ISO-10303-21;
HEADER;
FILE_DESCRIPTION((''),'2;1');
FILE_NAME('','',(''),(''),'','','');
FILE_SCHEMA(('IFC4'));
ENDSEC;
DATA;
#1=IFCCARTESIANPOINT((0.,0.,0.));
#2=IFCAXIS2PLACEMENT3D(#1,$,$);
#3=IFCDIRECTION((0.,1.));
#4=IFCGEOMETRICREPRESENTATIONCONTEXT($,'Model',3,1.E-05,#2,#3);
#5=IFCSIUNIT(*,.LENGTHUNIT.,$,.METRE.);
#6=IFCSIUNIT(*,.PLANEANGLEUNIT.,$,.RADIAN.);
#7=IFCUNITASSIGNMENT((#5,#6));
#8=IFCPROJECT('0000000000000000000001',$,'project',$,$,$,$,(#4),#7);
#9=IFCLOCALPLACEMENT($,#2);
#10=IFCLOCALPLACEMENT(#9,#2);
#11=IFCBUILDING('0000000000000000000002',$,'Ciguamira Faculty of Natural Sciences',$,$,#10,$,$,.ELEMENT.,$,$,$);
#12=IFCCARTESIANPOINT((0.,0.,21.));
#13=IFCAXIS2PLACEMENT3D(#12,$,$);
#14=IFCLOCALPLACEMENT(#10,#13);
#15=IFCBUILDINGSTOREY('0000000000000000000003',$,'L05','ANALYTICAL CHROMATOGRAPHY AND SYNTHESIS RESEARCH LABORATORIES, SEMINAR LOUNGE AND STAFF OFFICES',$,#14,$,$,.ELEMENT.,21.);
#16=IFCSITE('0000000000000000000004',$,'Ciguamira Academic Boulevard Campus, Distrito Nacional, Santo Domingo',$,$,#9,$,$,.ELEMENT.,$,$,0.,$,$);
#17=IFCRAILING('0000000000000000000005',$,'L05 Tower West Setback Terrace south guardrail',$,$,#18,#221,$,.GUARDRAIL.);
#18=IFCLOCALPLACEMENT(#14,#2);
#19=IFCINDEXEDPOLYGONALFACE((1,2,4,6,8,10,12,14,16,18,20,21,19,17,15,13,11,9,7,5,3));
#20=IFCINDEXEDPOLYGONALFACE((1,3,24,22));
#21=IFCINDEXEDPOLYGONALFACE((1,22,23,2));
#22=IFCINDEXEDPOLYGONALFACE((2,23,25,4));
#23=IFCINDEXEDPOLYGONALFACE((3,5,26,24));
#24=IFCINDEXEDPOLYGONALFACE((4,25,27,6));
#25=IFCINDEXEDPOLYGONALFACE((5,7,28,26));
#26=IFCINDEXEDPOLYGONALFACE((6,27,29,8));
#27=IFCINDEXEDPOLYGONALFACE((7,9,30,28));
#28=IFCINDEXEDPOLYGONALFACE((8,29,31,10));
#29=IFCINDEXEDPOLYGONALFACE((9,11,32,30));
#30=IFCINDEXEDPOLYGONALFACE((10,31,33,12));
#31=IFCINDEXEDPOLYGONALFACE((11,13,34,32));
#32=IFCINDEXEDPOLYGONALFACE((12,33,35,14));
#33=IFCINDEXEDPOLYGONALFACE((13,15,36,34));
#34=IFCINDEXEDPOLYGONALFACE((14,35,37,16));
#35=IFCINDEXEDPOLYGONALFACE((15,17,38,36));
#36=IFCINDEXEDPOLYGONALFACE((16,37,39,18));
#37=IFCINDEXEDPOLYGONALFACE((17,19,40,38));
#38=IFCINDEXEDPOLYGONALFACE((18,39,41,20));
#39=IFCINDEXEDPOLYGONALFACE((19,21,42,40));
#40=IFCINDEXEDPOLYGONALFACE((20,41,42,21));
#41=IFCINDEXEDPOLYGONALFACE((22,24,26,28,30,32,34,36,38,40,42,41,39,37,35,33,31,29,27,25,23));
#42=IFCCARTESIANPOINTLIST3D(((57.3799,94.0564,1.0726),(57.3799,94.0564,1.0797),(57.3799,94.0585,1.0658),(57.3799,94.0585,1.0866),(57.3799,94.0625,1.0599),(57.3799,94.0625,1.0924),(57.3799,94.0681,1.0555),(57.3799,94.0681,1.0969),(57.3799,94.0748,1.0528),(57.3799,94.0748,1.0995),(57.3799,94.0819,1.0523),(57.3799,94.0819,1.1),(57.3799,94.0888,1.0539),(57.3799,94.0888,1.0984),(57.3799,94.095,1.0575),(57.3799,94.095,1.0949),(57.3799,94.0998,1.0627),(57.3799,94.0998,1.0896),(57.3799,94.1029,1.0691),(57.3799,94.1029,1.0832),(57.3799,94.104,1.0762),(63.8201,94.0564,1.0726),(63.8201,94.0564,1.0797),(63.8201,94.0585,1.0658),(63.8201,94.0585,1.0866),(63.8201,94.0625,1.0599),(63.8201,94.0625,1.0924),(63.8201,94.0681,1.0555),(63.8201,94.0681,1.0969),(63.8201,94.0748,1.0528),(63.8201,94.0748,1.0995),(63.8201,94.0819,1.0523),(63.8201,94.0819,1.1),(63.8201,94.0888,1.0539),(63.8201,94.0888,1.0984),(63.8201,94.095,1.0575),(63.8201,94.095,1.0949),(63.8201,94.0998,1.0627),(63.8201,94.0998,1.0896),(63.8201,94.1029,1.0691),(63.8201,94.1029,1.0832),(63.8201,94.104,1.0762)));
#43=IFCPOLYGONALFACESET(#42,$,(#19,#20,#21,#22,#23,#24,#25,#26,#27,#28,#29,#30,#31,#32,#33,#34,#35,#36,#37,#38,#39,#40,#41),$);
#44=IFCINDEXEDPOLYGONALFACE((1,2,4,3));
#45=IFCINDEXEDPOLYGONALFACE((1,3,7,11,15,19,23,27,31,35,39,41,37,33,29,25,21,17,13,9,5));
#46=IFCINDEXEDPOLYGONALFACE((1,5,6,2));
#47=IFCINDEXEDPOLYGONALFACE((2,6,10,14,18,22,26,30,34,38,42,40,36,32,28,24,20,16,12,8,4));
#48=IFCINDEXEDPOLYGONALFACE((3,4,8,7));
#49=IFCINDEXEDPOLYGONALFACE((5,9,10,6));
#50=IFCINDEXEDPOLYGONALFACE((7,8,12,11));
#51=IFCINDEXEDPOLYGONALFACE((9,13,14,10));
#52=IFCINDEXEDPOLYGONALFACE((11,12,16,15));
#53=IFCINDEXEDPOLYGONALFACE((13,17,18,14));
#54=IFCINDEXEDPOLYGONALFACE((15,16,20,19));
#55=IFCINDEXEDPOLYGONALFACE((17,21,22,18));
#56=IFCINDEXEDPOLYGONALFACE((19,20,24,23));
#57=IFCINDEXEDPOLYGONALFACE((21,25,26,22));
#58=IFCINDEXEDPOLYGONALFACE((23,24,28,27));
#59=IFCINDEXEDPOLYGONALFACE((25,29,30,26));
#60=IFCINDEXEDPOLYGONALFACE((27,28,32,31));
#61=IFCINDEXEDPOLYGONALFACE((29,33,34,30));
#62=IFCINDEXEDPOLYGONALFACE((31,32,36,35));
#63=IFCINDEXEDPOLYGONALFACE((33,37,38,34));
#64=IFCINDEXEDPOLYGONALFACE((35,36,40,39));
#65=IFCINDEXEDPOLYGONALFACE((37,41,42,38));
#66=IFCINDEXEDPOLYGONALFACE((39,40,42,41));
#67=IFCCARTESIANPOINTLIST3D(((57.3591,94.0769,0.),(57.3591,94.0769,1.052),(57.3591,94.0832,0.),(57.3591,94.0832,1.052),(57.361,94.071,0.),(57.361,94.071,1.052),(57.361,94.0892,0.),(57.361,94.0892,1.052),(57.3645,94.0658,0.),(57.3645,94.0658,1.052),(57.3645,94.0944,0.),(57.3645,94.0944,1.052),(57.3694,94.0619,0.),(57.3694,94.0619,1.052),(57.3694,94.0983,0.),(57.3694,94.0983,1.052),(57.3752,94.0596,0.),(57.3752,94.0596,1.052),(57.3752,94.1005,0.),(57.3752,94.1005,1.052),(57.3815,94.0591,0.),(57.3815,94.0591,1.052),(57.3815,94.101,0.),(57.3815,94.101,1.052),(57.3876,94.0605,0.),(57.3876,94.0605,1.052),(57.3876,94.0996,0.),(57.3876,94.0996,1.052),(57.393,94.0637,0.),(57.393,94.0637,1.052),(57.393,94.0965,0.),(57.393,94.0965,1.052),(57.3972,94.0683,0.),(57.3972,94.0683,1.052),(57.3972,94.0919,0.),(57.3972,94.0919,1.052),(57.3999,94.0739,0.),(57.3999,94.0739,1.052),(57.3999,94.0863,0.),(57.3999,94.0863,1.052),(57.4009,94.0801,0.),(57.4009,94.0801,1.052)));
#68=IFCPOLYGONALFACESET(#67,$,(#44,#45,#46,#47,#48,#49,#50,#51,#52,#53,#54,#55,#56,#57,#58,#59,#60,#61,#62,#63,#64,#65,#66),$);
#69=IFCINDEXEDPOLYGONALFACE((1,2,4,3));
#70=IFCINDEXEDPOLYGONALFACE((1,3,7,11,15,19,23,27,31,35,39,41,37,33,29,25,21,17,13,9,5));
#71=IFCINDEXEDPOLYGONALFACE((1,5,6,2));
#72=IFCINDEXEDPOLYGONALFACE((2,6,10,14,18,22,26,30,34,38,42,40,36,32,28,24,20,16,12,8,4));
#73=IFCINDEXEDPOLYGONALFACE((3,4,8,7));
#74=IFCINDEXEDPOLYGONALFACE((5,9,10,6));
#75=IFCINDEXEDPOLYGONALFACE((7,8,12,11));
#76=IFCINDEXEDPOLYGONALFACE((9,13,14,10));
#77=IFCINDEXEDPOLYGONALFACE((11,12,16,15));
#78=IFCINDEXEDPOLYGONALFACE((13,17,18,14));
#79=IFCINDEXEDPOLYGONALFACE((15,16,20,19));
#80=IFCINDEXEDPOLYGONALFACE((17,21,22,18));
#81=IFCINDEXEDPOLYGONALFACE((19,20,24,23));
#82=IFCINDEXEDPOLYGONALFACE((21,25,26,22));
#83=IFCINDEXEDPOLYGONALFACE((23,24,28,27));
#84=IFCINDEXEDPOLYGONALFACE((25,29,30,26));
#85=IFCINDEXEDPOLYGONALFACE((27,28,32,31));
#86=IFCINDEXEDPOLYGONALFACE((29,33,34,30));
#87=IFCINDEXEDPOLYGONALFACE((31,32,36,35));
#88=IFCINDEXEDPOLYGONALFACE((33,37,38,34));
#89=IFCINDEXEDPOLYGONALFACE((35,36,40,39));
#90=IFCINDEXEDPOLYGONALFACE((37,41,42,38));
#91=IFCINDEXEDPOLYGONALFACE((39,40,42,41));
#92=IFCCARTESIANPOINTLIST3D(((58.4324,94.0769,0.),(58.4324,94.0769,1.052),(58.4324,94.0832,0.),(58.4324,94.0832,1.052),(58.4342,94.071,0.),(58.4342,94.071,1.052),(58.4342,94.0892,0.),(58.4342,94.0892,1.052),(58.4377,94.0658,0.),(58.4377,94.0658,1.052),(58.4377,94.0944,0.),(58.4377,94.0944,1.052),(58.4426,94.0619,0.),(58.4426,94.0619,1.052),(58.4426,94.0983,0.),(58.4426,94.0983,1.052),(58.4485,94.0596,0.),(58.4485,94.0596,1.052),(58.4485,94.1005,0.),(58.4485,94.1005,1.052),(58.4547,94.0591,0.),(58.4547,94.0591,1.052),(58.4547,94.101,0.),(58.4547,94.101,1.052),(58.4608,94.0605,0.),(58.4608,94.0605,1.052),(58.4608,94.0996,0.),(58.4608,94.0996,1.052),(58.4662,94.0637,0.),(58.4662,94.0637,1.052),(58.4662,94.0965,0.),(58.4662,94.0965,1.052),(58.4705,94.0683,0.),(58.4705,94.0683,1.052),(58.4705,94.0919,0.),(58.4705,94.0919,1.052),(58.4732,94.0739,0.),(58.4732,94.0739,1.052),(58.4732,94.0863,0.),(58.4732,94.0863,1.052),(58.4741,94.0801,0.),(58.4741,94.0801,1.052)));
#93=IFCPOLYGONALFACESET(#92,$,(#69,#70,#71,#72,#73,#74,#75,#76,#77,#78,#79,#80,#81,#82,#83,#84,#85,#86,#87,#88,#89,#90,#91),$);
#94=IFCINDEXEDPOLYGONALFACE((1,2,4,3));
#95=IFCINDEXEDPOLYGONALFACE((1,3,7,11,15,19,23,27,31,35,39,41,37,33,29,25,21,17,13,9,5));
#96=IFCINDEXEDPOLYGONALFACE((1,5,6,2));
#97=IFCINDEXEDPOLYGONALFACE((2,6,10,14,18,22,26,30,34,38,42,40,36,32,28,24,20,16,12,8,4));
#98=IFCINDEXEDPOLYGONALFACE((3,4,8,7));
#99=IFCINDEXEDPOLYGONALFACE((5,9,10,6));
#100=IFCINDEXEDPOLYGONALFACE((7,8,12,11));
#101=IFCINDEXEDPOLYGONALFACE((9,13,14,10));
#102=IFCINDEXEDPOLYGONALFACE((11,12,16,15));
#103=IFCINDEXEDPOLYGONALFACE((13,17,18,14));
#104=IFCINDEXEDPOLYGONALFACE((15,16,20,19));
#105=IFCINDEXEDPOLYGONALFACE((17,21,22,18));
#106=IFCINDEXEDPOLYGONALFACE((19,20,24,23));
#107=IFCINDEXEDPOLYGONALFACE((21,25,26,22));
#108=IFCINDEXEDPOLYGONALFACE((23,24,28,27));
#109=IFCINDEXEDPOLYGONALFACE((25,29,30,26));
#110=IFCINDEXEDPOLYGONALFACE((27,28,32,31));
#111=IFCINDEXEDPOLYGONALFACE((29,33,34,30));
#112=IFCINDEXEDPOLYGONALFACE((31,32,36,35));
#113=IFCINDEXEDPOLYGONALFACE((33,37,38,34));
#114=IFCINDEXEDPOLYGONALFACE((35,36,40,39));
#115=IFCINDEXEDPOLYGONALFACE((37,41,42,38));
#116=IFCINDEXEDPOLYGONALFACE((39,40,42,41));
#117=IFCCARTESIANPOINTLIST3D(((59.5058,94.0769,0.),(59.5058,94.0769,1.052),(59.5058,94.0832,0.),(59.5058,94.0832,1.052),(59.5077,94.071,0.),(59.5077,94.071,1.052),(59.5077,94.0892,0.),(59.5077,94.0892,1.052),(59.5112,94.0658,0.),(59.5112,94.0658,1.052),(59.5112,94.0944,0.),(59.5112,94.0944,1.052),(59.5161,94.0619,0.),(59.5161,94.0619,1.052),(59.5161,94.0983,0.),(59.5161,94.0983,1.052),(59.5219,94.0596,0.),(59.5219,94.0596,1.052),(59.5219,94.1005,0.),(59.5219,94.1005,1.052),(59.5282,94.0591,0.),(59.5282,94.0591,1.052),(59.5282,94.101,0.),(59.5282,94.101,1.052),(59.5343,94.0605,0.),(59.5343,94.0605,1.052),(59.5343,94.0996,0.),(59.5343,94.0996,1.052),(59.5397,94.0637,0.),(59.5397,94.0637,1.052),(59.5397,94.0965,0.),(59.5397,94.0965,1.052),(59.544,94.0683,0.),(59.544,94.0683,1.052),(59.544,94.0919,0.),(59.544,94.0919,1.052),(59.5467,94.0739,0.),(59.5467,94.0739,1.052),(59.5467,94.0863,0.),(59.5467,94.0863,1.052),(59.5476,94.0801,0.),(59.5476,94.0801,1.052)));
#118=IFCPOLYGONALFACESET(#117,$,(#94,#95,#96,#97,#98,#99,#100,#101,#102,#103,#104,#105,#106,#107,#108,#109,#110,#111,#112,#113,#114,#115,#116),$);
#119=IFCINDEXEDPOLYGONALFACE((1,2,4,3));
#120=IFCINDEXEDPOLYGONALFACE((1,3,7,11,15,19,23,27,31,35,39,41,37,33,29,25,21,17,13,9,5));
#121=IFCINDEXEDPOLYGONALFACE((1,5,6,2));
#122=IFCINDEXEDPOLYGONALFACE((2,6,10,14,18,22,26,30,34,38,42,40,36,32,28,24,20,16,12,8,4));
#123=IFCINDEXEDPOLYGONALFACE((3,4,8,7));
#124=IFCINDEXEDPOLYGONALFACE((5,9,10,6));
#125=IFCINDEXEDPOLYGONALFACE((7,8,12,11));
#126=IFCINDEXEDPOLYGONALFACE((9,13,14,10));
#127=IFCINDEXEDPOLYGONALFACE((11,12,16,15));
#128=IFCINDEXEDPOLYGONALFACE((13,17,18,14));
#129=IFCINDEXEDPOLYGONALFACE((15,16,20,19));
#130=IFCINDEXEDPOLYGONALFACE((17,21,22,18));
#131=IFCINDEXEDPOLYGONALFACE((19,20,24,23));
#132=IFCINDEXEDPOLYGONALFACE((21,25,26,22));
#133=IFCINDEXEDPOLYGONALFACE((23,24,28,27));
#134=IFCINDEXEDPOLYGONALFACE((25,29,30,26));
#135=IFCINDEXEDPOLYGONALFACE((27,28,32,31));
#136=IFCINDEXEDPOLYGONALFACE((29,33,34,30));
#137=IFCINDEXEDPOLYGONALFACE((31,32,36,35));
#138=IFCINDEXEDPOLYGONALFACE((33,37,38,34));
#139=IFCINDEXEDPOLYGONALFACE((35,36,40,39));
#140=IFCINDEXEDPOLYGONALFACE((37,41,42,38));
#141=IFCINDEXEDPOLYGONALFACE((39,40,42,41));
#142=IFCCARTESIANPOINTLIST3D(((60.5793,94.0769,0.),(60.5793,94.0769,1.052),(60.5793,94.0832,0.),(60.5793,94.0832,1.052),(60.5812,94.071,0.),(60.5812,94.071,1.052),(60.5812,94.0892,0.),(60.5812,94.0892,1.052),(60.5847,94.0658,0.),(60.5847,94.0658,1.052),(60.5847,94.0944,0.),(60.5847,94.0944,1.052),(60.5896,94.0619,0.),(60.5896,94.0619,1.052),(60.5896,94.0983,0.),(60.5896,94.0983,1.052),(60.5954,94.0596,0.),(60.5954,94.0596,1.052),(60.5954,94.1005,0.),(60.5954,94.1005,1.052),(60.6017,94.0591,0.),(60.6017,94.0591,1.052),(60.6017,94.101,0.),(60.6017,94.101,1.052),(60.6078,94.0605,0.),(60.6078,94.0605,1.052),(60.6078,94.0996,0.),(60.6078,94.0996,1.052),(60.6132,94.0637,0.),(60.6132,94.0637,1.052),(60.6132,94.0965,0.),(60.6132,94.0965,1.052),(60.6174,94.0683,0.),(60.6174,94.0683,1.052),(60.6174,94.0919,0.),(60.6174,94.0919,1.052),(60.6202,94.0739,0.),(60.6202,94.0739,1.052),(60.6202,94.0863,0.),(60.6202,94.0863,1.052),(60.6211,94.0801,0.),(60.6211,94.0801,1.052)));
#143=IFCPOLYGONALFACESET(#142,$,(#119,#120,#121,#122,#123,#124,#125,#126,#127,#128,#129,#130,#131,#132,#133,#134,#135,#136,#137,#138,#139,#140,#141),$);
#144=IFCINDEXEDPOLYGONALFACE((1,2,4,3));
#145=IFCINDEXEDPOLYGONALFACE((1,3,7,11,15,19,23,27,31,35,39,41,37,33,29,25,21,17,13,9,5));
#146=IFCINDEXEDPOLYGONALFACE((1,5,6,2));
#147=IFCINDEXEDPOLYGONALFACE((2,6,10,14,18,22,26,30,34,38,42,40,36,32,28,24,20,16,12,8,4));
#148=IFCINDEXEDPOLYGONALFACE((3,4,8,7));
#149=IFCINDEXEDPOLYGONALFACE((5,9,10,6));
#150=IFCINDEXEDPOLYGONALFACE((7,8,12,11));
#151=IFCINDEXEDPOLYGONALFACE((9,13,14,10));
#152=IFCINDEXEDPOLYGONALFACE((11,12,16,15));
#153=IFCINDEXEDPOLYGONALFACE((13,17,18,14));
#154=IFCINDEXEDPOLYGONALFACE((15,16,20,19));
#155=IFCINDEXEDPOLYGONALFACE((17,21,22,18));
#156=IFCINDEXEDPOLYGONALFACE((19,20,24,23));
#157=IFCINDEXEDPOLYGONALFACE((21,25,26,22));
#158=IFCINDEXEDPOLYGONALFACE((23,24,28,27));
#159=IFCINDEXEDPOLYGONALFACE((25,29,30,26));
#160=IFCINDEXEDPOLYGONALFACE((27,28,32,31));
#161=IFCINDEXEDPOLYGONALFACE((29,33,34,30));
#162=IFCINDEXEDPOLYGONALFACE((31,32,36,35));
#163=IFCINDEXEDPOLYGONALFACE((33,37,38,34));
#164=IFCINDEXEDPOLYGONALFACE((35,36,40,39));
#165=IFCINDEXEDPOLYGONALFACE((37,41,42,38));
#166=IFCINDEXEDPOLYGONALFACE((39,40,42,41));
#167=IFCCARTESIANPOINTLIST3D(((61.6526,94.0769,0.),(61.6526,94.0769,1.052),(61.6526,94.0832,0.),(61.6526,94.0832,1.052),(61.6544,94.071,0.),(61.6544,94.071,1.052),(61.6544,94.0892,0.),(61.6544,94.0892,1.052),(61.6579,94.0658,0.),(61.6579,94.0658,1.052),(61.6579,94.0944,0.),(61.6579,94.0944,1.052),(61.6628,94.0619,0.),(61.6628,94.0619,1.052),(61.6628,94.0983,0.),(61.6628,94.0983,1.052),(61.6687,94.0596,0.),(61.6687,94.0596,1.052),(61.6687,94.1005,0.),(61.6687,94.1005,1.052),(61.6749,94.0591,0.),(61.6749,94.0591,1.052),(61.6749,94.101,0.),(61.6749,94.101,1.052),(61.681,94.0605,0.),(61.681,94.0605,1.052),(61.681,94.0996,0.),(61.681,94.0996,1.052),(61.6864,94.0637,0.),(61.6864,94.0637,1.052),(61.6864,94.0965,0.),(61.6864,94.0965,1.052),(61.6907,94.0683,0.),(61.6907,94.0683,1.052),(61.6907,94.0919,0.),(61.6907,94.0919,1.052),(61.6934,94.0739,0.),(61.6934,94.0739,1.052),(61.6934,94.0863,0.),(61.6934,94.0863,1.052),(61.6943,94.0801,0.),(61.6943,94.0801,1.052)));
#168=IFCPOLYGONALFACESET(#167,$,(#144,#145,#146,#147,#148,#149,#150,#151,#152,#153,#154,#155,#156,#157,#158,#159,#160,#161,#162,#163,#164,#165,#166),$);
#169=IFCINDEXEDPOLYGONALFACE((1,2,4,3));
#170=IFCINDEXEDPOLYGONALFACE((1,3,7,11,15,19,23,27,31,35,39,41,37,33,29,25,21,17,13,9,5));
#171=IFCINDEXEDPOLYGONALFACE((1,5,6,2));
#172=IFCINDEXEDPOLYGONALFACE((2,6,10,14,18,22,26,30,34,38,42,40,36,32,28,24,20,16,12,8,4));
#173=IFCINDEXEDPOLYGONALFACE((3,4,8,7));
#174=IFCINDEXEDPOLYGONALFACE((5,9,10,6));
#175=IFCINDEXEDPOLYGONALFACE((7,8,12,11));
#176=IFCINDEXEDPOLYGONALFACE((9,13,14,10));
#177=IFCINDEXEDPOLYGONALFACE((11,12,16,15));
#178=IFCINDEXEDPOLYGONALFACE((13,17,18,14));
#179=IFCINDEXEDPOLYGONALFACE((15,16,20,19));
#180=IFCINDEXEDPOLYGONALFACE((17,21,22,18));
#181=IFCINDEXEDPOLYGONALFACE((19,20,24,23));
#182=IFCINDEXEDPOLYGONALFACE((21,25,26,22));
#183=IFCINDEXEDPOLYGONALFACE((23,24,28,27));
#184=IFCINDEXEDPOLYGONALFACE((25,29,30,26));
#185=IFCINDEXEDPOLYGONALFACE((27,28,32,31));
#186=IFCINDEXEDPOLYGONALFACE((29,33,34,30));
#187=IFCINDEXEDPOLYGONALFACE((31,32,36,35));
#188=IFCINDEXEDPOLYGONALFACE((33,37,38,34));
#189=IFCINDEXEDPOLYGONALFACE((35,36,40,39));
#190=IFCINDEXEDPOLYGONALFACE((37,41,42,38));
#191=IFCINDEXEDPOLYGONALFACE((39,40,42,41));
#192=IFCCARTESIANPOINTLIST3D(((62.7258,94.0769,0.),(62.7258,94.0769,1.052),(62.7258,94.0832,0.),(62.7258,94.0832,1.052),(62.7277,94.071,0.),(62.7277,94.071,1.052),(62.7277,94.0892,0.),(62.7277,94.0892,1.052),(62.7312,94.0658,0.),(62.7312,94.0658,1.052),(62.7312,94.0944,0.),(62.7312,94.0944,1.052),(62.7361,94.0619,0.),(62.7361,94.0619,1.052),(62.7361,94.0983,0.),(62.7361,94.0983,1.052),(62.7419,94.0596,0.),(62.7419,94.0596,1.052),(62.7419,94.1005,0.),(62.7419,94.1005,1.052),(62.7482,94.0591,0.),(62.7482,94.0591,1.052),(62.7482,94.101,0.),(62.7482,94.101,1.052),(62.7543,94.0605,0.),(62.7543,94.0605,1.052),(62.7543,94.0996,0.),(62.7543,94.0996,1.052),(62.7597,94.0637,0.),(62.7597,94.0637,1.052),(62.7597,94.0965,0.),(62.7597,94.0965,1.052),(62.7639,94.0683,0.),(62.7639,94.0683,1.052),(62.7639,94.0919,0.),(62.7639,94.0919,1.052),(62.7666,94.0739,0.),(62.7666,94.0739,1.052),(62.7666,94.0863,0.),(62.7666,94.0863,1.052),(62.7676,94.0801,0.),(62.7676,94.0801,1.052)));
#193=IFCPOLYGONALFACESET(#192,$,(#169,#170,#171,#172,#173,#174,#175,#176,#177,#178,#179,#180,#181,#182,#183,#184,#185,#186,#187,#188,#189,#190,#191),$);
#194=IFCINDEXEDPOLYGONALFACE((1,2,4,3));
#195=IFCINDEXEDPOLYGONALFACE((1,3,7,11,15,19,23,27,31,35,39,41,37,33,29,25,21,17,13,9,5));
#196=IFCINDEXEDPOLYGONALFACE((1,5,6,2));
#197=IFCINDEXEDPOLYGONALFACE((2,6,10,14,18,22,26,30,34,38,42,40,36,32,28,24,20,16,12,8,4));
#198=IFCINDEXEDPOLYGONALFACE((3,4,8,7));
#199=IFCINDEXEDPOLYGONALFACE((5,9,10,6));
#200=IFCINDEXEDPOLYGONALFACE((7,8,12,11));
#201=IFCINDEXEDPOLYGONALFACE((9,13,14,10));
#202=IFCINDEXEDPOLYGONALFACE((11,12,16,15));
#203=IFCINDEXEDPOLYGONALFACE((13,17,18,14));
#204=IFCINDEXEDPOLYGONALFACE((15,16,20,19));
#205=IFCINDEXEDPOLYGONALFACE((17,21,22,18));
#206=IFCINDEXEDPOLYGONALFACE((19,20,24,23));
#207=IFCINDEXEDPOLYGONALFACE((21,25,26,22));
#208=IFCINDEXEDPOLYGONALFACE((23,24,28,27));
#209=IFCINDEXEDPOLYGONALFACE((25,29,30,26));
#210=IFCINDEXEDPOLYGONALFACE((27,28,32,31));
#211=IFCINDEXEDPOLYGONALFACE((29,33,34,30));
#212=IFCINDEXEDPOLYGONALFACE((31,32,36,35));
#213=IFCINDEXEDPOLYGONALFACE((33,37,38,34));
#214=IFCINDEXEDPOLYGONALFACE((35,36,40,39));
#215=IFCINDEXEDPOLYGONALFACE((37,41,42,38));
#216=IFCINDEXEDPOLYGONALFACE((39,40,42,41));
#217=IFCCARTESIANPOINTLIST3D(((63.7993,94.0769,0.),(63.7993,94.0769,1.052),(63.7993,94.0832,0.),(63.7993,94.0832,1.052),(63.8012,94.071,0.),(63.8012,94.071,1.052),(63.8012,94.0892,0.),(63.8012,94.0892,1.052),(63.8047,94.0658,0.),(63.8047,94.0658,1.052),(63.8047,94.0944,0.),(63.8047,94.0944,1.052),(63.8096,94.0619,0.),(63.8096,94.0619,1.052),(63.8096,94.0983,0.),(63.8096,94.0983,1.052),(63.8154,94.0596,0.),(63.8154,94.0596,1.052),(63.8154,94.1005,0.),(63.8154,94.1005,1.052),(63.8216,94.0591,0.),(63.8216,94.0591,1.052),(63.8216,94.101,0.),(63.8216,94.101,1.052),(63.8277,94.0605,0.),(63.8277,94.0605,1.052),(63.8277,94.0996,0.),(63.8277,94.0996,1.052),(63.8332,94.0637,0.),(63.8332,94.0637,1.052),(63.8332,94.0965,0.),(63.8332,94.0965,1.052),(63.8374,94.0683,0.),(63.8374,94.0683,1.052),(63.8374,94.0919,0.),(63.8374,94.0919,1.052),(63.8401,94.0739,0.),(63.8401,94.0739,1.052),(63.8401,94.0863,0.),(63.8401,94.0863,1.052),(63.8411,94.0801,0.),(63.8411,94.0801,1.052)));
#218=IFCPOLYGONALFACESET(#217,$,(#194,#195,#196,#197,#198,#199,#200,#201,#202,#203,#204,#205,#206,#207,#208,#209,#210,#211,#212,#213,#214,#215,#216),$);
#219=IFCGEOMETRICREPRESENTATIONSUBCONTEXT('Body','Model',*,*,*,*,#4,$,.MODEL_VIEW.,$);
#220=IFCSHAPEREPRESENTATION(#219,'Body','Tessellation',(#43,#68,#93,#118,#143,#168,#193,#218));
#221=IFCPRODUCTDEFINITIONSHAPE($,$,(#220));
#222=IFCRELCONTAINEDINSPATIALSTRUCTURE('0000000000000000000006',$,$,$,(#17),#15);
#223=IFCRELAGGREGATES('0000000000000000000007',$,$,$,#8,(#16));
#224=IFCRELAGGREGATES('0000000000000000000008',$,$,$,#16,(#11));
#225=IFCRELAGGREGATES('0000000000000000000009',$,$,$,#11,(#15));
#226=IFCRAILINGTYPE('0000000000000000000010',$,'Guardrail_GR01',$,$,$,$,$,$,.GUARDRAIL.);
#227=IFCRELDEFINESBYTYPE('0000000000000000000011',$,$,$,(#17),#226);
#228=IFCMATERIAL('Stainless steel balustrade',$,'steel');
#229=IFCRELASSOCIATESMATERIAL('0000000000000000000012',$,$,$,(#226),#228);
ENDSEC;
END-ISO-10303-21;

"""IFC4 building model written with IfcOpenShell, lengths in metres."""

from ifc_helpers import new_model, si_unit, direction, frame, origin, origin_2d, place, context, subcontext, project, spatial, circle, extrude, material, type_object, element, save


model = new_model("IFC4")

# Units and contexts
model_context = context("Model", 3, precision=1e-05, world=origin(), true_north=direction((0.0, 1.0)))
body_context = subcontext(model_context, "Body", "Model", "MODEL_VIEW")
ifc_project = project(units=[si_unit("LENGTHUNIT", "METRE"), si_unit("PLANEANGLEUNIT", "RADIAN")], contexts=[model_context])

# Site, building, storey
site_placement = place(None, origin())
site = spatial("IfcSite", under=ifc_project, at=site_placement, Name="Ciguamira Academic Boulevard Campus, Distrito Nacional, Santo Domingo", CompositionType="ELEMENT", RefElevation=0.0)
building_placement = place(site_placement, origin())
building = spatial("IfcBuilding", under=site, at=building_placement, Name="Ciguamira Faculty of Natural Sciences", CompositionType="ELEMENT")
storey_placement = place(building_placement, frame((0.0, 0.0, 21.0)))
storey = spatial("IfcBuildingStorey", under=building, at=storey_placement, Name="L05", Description="ANALYTICAL CHROMATOGRAPHY AND SYNTHESIS RESEARCH LABORATORIES, SEMINAR LOUNGE AND STAFF OFFICES", CompositionType="ELEMENT", Elevation=21.0)

# Railing
ifc_material_1 = material(Name="Stainless steel balustrade", Category="steel")
railing_type = type_object("IfcRailingType", Name="Guardrail_GR01", PredefinedType="GUARDRAIL", material=ifc_material_1)
railing_1_placement = place(storey_placement, frame((57.3799, 94.0801, 0.0)))
element("IfcRailing", 1, at=railing_1_placement, inside=storey, type_object=railing_type, Name="L05 Tower West Setback Terrace south guardrail", PredefinedType="GUARDRAIL", context=body_context, shape_type="SweptSolid", body=[
    extrude(circle(Radius=0.0239, at=origin_2d()), frame((0.0, 0.0, 1.0762), z_axis=(1.0, 0.0, 0.0), x_axis=(0.0, 1.0, 0.0)), (0.0, 0.0, 1.0), 6.4402),
    extrude(circle(Radius=0.021, at=origin_2d()), origin(), (0.0, 0.0, 1.0), 1.052),
    extrude(circle(Radius=0.021, at=origin_2d()), frame((1.0732, 0.0, 0.0)), (0.0, 0.0, 1.0), 1.052),
    extrude(circle(Radius=0.021, at=origin_2d()), frame((2.1467, 0.0, 0.0)), (0.0, 0.0, 1.0), 1.052),
    extrude(circle(Radius=0.021, at=origin_2d()), frame((3.2202, 0.0, 0.0)), (0.0, 0.0, 1.0), 1.052),
    extrude(circle(Radius=0.021, at=origin_2d()), frame((4.2935, 0.0, 0.0)), (0.0, 0.0, 1.0), 1.052),
    extrude(circle(Radius=0.021, at=origin_2d()), frame((5.3667, 0.0, 0.0)), (0.0, 0.0, 1.0), 1.052),
    extrude(circle(Radius=0.021, at=origin_2d()), frame((6.4402, 0.0, 0.0)), (0.0, 0.0, 1.0), 1.052),
])

save(model, "model.ifc")
